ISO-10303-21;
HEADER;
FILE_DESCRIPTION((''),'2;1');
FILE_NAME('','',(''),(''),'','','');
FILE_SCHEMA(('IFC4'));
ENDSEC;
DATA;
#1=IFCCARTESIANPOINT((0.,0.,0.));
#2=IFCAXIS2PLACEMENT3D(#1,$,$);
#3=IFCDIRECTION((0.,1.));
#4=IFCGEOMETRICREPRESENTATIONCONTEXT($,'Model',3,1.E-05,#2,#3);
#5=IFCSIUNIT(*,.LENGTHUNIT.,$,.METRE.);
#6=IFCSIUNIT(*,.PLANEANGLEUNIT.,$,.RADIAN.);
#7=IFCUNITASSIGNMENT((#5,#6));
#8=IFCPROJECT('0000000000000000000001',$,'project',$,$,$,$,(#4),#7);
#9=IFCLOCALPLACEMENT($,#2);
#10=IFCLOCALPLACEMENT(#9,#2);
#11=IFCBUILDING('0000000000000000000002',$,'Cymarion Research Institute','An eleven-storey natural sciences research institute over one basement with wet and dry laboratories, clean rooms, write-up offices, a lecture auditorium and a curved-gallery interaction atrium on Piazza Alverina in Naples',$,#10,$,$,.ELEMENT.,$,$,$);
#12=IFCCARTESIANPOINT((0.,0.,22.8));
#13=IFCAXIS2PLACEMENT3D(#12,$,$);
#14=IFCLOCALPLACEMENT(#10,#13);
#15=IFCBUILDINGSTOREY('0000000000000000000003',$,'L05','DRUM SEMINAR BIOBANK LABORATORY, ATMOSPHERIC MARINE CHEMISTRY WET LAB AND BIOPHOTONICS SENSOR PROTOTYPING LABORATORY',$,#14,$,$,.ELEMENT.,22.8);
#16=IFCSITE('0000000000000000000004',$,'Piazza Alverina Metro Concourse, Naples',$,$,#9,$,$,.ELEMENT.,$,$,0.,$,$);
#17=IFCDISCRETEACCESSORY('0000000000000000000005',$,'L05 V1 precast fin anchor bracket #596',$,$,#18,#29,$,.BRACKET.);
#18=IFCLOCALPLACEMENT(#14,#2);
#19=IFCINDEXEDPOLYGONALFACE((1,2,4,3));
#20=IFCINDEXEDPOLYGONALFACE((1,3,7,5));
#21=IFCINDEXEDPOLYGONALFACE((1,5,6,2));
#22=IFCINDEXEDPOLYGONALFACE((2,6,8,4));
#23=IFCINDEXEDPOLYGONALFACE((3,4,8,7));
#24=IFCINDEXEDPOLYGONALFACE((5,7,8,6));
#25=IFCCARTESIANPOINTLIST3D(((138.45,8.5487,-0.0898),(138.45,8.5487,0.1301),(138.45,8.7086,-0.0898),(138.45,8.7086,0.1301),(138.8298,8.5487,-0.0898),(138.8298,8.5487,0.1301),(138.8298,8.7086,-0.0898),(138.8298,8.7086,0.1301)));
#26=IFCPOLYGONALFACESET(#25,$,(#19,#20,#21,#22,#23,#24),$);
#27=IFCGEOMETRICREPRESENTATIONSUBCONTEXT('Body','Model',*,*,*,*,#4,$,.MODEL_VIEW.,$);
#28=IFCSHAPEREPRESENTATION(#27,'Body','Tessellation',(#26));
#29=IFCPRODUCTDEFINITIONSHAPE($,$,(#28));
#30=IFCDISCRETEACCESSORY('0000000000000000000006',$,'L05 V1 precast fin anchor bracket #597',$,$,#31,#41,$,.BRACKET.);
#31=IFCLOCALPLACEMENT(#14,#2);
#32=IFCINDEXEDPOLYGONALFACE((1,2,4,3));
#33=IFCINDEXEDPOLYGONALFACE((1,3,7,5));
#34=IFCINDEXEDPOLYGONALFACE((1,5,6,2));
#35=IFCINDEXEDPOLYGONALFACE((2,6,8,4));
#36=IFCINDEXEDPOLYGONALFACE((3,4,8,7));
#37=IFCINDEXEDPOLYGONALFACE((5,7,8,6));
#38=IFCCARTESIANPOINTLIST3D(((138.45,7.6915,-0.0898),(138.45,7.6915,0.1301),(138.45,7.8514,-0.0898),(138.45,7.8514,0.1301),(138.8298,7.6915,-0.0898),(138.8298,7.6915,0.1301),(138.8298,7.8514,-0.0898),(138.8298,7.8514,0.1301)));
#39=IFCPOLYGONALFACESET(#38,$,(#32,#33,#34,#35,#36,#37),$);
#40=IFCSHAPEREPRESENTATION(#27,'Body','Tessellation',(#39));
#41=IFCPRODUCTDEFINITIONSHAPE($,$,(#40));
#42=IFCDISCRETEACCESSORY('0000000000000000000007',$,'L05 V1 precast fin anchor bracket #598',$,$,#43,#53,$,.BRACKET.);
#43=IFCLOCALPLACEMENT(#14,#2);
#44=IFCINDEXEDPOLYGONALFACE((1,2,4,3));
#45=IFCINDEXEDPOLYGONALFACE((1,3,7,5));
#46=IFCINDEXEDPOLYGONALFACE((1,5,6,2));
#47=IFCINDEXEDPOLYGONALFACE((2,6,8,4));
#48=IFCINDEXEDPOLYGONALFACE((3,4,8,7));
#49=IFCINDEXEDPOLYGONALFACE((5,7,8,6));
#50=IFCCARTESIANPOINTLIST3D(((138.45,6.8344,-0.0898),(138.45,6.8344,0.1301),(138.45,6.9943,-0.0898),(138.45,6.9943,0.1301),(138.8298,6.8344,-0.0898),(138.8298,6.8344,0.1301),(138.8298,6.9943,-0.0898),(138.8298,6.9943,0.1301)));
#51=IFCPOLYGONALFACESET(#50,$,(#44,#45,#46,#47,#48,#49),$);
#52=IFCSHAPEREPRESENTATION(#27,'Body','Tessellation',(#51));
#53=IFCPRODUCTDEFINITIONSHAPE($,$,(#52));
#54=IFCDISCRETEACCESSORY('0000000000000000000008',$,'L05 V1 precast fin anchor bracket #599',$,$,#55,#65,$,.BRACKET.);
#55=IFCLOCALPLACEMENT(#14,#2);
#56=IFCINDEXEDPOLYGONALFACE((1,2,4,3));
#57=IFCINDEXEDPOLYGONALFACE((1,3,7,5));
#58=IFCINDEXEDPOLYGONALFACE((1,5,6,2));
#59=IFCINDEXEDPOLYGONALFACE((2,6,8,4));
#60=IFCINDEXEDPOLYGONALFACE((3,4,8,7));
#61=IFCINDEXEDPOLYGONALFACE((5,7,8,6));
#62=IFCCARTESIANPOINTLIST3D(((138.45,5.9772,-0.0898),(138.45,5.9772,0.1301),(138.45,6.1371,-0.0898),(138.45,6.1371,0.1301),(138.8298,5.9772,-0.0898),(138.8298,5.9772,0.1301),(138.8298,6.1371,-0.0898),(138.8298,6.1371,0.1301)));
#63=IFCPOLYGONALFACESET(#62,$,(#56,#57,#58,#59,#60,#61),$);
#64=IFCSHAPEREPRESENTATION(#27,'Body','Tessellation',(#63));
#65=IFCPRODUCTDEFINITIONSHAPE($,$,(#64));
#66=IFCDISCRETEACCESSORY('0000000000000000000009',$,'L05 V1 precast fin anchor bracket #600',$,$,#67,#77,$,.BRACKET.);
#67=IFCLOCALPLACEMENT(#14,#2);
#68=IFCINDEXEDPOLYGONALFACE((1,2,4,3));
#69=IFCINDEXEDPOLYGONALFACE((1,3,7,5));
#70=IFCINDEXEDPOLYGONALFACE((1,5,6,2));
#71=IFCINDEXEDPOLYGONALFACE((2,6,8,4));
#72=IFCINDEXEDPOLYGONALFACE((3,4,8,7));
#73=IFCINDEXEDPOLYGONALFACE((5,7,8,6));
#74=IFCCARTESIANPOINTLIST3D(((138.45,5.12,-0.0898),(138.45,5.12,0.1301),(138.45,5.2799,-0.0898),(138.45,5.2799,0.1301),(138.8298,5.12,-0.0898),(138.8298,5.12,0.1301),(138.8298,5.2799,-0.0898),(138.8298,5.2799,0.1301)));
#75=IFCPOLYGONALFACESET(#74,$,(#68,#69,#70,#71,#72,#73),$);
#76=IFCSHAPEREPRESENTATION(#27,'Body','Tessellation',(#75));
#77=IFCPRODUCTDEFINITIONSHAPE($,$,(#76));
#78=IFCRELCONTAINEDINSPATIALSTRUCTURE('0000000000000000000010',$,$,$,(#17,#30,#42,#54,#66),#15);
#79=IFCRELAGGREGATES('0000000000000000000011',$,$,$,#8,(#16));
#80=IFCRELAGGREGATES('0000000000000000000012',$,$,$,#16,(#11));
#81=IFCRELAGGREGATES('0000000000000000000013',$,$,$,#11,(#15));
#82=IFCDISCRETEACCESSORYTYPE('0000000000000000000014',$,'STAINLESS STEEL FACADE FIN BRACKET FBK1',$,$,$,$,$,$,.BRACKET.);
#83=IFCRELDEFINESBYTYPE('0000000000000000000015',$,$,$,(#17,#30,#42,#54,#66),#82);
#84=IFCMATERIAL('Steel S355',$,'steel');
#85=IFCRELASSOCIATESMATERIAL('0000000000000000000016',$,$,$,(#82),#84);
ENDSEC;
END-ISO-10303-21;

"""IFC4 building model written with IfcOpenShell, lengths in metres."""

from ifc_helpers import new_model, si_unit, direction, frame, origin, origin_2d, place, context, subcontext, project, spatial, rectangle, extrude, material, type_object, element, save


model = new_model("IFC4")

# Units and contexts
model_context = context("Model", 3, precision=1e-05, world=origin(), true_north=direction((0.0, 1.0)))
body_context = subcontext(model_context, "Body", "Model", "MODEL_VIEW")
ifc_project = project(units=[si_unit("LENGTHUNIT", "METRE"), si_unit("PLANEANGLEUNIT", "RADIAN")], contexts=[model_context])

# Site, building, storey
site_placement = place(None, origin())
site = spatial("IfcSite", under=ifc_project, at=site_placement, Name="Piazza Alverina Metro Concourse, Naples", CompositionType="ELEMENT", RefElevation=0.0)
building_placement = place(site_placement, origin())
building = spatial("IfcBuilding", under=site, at=building_placement, Name="Cymarion Research Institute", Description="An eleven-storey natural sciences research institute over one basement with wet and dry laboratories, clean rooms, write-up offices, a lecture auditorium and a curved-gallery interaction atrium on Piazza Alverina in Naples", CompositionType="ELEMENT")
storey_placement = place(building_placement, frame((0.0, 0.0, 22.8)))
storey = spatial("IfcBuildingStorey", under=building, at=storey_placement, Name="L05", Description="DRUM SEMINAR BIOBANK LABORATORY, ATMOSPHERIC MARINE CHEMISTRY WET LAB AND BIOPHOTONICS SENSOR PROTOTYPING LABORATORY", CompositionType="ELEMENT", Elevation=22.8)

# Shared definitions
ifc_material_1 = material(Name="Steel S355", Category="steel")

# Discrete accessories
discrete_accessory_type = type_object("IfcDiscreteAccessoryType", Name="STAINLESS STEEL FACADE FIN BRACKET FBK1", PredefinedType="BRACKET", material=ifc_material_1)
for number, where, z_axis, x_axis, name in (
    (1, (138.6399, 8.6287, -0.0898), (0.0, 0.0, 1.0), (-1.0, 0.0, 0.0), "L05 V1 precast fin anchor bracket #596"),
    (2, (138.6399, 7.7715, -0.0898), (0.0, 0.0, 1.0), (-1.0, 0.0, 0.0), "L05 V1 precast fin anchor bracket #597"),
    (3, (138.6399, 6.9143, -0.0898), (0.0, 0.0, 1.0), (-1.0, 0.0, 0.0), "L05 V1 precast fin anchor bracket #598"),
    (4, (138.6399, 6.0571, -0.0898), (0.0, 0.0, 1.0), (-1.0, 0.0, 0.0), "L05 V1 precast fin anchor bracket #599"),
    (5, (138.6399, 5.2, -0.0898), (0.0, 0.0, 1.0), (-1.0, 0.0, 0.0), "L05 V1 precast fin anchor bracket #600"),
):
    element("IfcDiscreteAccessory", number, at=place(storey_placement, frame(where, z_axis=z_axis, x_axis=x_axis)), inside=storey, type_object=discrete_accessory_type, Name=name, PredefinedType="BRACKET", context=body_context, shape_type="SweptSolid", body=[
        extrude(rectangle(XDim=0.3799, YDim=0.1599, at=origin_2d()), origin(), (0.0, 0.0, 1.0), 0.22),
    ])

save(model, "model.ifc")
